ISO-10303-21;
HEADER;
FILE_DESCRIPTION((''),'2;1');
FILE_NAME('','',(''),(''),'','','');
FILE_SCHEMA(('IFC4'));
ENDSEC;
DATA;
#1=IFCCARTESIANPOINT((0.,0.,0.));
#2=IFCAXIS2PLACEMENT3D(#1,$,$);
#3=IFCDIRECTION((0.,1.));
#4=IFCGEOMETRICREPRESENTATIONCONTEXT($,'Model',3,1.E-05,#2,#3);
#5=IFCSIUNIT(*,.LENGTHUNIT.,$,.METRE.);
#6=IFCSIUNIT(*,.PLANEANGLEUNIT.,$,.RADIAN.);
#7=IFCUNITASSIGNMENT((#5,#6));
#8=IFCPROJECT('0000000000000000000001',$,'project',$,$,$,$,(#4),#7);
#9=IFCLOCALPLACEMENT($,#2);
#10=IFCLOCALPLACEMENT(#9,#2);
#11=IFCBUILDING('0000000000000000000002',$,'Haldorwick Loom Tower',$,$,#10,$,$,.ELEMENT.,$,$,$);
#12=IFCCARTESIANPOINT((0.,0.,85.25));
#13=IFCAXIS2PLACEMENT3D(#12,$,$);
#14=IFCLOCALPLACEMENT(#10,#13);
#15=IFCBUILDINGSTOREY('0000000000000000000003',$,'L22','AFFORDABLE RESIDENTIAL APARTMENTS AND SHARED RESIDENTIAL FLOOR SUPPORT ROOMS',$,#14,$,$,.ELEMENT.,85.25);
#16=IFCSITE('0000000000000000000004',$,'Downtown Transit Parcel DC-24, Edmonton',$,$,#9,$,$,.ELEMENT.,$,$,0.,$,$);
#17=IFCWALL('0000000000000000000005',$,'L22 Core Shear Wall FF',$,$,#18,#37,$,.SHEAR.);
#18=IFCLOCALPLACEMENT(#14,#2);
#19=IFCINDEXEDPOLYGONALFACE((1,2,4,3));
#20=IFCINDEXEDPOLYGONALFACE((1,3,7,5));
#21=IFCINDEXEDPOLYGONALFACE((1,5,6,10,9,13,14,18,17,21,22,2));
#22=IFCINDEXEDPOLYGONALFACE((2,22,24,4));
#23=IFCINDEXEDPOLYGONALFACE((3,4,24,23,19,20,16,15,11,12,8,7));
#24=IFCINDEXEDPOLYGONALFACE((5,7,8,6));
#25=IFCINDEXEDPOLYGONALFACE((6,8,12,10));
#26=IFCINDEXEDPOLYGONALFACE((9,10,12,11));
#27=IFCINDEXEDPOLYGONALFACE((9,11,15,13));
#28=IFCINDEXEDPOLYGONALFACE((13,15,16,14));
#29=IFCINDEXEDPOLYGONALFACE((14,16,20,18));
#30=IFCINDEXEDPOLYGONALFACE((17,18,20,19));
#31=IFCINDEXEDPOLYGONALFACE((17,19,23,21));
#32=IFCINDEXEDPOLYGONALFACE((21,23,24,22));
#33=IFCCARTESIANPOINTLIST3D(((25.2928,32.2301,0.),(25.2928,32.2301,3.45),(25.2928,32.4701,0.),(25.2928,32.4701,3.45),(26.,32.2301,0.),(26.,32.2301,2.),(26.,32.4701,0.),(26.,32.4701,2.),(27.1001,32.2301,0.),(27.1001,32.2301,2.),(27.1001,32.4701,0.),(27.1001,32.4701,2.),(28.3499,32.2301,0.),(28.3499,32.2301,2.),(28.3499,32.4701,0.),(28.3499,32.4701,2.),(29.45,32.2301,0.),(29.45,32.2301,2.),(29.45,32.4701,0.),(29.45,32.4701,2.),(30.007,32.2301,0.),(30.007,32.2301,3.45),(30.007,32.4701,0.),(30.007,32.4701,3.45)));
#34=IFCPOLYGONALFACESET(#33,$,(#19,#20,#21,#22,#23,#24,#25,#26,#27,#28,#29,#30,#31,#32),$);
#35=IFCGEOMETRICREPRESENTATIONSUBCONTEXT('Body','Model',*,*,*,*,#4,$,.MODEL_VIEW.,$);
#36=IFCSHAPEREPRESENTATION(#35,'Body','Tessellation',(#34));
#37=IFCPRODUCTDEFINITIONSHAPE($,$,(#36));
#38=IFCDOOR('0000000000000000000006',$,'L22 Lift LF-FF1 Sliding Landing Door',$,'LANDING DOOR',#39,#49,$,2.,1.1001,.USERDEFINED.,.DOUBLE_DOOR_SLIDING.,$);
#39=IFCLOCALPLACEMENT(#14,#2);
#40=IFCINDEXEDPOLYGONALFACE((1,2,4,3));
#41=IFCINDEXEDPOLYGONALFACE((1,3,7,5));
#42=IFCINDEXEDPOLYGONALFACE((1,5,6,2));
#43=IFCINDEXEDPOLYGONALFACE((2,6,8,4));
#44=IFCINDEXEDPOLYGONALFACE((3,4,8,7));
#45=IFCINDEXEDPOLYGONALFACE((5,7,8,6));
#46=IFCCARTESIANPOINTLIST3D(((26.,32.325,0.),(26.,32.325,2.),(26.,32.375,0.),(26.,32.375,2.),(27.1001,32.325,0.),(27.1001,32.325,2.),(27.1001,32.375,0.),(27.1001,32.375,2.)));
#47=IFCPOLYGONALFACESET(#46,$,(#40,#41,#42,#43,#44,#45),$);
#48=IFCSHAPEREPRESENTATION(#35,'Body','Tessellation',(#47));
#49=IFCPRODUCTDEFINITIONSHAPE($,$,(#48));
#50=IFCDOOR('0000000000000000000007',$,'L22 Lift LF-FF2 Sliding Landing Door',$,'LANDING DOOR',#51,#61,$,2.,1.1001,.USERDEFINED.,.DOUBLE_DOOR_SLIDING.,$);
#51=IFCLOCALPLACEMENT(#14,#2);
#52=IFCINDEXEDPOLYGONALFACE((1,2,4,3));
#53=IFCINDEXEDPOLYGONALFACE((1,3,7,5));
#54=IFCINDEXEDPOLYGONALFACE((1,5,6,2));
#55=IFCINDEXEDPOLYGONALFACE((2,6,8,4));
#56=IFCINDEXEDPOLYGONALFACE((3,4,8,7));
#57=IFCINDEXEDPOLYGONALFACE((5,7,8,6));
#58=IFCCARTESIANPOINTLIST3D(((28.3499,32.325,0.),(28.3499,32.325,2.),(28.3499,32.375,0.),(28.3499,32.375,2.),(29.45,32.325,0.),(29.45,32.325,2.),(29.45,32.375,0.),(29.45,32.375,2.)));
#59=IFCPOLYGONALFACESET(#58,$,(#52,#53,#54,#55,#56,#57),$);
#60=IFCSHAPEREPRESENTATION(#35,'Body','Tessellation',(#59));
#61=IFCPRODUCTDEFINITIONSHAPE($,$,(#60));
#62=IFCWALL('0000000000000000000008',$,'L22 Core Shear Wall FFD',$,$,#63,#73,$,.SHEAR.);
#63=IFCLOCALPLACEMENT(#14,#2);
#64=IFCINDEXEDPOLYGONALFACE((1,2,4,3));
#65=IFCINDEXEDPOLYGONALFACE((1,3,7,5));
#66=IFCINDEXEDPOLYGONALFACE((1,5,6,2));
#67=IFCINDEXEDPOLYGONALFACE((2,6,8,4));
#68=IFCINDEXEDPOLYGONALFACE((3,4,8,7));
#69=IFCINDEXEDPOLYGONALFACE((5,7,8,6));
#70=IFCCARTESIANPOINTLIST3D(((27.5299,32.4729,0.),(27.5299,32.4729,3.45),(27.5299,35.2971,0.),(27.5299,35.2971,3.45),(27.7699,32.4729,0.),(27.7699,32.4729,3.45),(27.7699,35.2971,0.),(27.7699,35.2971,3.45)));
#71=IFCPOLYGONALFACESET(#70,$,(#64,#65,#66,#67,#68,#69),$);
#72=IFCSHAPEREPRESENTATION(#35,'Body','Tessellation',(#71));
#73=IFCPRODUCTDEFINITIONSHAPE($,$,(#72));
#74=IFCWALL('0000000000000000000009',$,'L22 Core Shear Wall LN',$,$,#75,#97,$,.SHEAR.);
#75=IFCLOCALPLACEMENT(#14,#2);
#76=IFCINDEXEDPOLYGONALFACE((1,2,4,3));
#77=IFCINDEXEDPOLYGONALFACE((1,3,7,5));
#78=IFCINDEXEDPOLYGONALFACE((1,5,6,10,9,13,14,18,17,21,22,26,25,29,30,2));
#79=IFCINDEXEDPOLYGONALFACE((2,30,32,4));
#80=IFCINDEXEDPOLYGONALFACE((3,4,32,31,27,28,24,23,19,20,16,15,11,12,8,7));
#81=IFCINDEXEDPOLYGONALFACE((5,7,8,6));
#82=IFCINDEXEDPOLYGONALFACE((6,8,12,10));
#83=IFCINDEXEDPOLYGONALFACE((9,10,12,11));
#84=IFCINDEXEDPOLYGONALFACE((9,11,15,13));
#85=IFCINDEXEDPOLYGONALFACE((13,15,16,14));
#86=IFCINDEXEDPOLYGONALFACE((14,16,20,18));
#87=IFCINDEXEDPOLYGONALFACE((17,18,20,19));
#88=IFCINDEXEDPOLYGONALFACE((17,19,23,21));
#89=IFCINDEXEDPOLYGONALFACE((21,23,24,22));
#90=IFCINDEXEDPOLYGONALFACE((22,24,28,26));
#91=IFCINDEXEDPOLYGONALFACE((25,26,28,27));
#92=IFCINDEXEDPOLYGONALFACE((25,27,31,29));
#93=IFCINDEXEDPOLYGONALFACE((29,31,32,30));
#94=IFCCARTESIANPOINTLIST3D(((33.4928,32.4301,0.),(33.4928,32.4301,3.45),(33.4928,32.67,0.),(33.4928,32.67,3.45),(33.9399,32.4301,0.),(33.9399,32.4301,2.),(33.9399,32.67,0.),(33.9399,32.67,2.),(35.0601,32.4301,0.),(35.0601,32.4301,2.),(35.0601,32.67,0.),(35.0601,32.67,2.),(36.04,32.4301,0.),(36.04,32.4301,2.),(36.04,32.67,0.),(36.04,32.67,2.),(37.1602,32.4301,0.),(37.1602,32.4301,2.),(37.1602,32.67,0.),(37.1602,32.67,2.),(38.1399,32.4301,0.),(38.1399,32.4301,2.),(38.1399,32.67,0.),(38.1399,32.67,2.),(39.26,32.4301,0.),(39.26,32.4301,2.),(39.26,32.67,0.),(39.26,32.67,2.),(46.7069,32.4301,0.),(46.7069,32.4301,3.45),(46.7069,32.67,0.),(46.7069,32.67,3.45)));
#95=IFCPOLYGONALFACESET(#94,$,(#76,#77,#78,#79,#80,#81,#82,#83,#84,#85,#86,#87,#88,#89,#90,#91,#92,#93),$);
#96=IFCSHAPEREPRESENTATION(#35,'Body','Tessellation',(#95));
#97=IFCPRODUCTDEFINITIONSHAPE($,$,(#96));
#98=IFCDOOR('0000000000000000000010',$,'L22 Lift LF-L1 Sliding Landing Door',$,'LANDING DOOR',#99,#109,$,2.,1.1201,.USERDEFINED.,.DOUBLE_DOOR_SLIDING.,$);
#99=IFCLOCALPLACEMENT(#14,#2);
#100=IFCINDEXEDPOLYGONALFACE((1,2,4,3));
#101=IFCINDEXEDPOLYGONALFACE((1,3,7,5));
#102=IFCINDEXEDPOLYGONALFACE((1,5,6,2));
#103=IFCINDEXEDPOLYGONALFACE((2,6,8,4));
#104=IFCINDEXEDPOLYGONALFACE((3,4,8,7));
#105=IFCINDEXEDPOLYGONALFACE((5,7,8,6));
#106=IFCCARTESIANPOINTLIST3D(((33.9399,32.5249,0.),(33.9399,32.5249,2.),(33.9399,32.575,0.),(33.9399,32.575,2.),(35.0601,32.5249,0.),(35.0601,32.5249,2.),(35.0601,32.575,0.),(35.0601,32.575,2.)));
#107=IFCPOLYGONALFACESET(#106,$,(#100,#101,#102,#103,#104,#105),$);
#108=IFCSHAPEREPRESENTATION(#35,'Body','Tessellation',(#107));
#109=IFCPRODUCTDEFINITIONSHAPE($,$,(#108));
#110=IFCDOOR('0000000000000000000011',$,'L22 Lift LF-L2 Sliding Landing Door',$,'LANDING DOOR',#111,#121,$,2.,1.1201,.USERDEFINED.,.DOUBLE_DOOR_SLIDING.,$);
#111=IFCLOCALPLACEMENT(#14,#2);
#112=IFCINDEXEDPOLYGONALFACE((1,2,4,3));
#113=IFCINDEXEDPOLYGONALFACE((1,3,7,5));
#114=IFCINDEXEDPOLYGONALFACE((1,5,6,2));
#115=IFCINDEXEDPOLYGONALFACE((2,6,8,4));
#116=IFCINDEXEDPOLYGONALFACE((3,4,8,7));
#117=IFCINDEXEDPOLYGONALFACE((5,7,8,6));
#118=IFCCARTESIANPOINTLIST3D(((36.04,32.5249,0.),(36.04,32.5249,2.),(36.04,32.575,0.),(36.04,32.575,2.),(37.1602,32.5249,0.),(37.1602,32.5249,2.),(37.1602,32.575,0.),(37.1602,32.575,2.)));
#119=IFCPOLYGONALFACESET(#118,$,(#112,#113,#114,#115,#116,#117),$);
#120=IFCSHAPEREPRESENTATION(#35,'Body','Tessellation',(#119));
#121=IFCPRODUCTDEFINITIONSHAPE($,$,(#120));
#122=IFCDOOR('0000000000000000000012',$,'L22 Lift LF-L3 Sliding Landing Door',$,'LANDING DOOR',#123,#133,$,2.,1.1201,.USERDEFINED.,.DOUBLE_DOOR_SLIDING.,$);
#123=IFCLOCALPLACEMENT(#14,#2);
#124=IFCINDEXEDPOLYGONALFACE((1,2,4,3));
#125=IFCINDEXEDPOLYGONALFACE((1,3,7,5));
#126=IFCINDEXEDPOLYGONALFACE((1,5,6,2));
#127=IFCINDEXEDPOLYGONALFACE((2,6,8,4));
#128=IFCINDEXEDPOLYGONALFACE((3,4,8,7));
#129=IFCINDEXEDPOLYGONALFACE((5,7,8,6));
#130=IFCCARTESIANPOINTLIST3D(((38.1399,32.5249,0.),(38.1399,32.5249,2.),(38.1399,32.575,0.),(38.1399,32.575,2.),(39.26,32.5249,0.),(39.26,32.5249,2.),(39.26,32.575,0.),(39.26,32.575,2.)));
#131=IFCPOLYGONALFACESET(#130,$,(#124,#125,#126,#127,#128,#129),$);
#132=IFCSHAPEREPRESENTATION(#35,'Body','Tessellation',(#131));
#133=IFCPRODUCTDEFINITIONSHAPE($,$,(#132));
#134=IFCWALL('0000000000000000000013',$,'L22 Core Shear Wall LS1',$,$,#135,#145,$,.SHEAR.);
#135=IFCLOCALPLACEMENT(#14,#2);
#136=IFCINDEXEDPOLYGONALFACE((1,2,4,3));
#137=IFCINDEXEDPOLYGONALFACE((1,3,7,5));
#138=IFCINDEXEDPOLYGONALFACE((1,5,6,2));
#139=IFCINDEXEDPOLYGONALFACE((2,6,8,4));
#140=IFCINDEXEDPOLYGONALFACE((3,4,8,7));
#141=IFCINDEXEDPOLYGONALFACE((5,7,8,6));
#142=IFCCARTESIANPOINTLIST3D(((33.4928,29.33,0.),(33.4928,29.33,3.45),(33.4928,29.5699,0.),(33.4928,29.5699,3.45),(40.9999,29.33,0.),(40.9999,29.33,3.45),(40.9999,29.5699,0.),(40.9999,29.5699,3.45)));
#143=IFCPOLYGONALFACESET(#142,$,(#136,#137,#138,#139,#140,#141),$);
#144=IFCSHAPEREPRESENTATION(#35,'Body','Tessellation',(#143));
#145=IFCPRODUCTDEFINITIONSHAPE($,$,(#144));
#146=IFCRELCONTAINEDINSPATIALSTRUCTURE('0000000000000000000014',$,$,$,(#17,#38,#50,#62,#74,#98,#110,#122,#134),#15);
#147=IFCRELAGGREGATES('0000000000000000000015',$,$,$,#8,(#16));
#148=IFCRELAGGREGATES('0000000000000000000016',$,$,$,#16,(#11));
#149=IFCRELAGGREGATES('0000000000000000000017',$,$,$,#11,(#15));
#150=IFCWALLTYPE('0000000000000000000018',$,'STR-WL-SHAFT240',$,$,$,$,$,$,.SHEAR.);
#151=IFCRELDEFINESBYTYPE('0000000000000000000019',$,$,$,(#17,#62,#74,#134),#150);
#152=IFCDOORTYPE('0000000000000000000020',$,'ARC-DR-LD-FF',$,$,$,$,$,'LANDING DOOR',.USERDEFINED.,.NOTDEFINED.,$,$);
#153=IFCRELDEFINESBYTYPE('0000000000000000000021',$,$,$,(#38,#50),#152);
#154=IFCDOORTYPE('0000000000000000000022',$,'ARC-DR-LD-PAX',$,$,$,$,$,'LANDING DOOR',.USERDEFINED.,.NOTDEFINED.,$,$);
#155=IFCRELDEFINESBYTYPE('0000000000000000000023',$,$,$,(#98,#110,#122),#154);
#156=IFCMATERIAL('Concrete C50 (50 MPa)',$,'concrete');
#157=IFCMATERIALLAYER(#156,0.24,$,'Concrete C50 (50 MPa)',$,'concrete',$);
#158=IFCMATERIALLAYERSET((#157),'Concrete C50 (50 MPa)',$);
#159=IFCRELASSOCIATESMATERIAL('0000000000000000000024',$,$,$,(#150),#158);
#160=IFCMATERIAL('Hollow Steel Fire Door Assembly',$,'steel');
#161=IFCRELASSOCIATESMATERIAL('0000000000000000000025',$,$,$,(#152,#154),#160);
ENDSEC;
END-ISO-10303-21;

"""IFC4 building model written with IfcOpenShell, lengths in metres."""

from ifc_helpers import new_model, si_unit, direction, frame, frame_2d, origin, place, context, subcontext, project, spatial, rectangle, extrude, material, layer, layer_set, type_object, element, fill, save


model = new_model("IFC4")

# Units and contexts
model_context = context("Model", 3, precision=1e-05, world=origin(), true_north=direction((0.0, 1.0)))
body_context = subcontext(model_context, "Body", "Model", "MODEL_VIEW")
ifc_project = project(units=[si_unit("LENGTHUNIT", "METRE"), si_unit("PLANEANGLEUNIT", "RADIAN")], contexts=[model_context])

# Site, building, storey
site_placement = place(None, origin())
site = spatial("IfcSite", under=ifc_project, at=site_placement, Name="Downtown Transit Parcel DC-24, Edmonton", CompositionType="ELEMENT", RefElevation=0.0)
building_placement = place(site_placement, origin())
building = spatial("IfcBuilding", under=site, at=building_placement, Name="Haldorwick Loom Tower", CompositionType="ELEMENT")
storey_placement = place(building_placement, frame((0.0, 0.0, 85.25)))
storey = spatial("IfcBuildingStorey", under=building, at=storey_placement, Name="L22", Description="AFFORDABLE RESIDENTIAL APARTMENTS AND SHARED RESIDENTIAL FLOOR SUPPORT ROOMS", CompositionType="ELEMENT", Elevation=85.25)

# Shared definitions
ifc_material_1 = material(Name="Concrete C50 (50 MPa)", Category="concrete")
ifc_layer_1 = layer(ifc_material_1, 0.24, Name="Concrete C50 (50 MPa)", Category="concrete")
ifc_layer_set_1 = layer_set([ifc_layer_1], Name="Concrete C50 (50 MPa)")
wall_type_1 = type_object("IfcWallType", Name="STR-WL-SHAFT240", PredefinedType="SHEAR", material=ifc_layer_set_1)

# Wall, openings, doors
wall_1_placement = place(storey_placement, frame((25.293, 32.3501, 0.0), z_axis=(0.0, 0.0, 1.0), x_axis=(1.0, 0.0, 0.0)))
wall_1 = element("IfcWall", 1, at=wall_1_placement, inside=storey, type_object=wall_type_1, Name="L22 Core Shear Wall FF", PredefinedType="SHEAR", context=body_context, shape_type="SweptSolid", body=[
    extrude(rectangle(XDim=4.7141, YDim=0.24, at=frame_2d((2.3569, 0.0))), origin(), (0.0, 0.0, 1.0), 3.45),
])
opening_1_placement = place(wall_1_placement, frame((0.707, 0.0, 0.0)))
opening_1 = element("IfcOpeningElement", 2, at=opening_1_placement, cuts=wall_1, PredefinedType="OPENING", context=body_context, shape_type="SweptSolid", body=[
    extrude(rectangle(XDim=1.1001, YDim=2.0, at=frame_2d((0.55, 1.0))), frame((0.0, 0.1299, 0.0), z_axis=(0.0, -1.0, 0.0), x_axis=(1.0, 0.0, 0.0)), (0.0, 0.0, 1.0), 0.26),
])
opening_2_placement = place(wall_1_placement, frame((3.0569, 0.0, 0.0)))
opening_2 = element("IfcOpeningElement", 3, at=opening_2_placement, cuts=wall_1, PredefinedType="OPENING", context=body_context, shape_type="SweptSolid", body=[
    extrude(rectangle(XDim=1.1001, YDim=2.0, at=frame_2d((0.55, 1.0))), frame((0.0, 0.1299, 0.0), z_axis=(0.0, -1.0, 0.0), x_axis=(1.0, 0.0, 0.0)), (0.0, 0.0, 1.0), 0.26),
])
ifc_material_2 = material(Name="Hollow Steel Fire Door Assembly", Category="steel")
door_type_1 = type_object("IfcDoorType", Name="ARC-DR-LD-FF", ElementType="LANDING DOOR", OperationType="NOTDEFINED", PredefinedType="USERDEFINED", material=ifc_material_2)
door_1_placement = place(opening_1_placement, origin())
door_1 = element("IfcDoor", 4, at=door_1_placement, inside=storey, type_object=door_type_1, Name="L22 Lift LF-FF1 Sliding Landing Door", ObjectType="LANDING DOOR", OperationType="DOUBLE_DOOR_SLIDING", OverallHeight=2.0, OverallWidth=1.1001, PredefinedType="USERDEFINED", context=body_context, shape_type="SweptSolid", body=[
    extrude(rectangle(XDim=1.1001, YDim=2.0, at=frame_2d((0.55, 1.0))), frame((0.0, 0.0249, 0.0), z_axis=(0.0, -1.0, 0.0), x_axis=(1.0, 0.0, 0.0)), (0.0, 0.0, 1.0), 0.05),
])
fill(opening_1, door_1)
door_2_placement = place(opening_2_placement, origin())
door_2 = element("IfcDoor", 5, at=door_2_placement, inside=storey, type_object=door_type_1, Name="L22 Lift LF-FF2 Sliding Landing Door", ObjectType="LANDING DOOR", OperationType="DOUBLE_DOOR_SLIDING", OverallHeight=2.0, OverallWidth=1.1001, PredefinedType="USERDEFINED", context=body_context, shape_type="SweptSolid", body=[
    extrude(rectangle(XDim=1.1001, YDim=2.0, at=frame_2d((0.55, 1.0))), frame((0.0, 0.0249, 0.0), z_axis=(0.0, -1.0, 0.0), x_axis=(1.0, 0.0, 0.0)), (0.0, 0.0, 1.0), 0.05),
])
fill(opening_2, door_2)

# Wall
wall_2_placement = place(storey_placement, frame((27.6499, 32.4729, 0.0), z_axis=(0.0, 0.0, 1.0), x_axis=(0.0, 1.0, 0.0)))
element("IfcWall", 6, at=wall_2_placement, inside=storey, type_object=wall_type_1, Name="L22 Core Shear Wall FFD", PredefinedType="SHEAR", context=body_context, shape_type="SweptSolid", body=[
    extrude(rectangle(XDim=2.8242, YDim=0.24, at=frame_2d((1.4121, 0.0))), origin(), (0.0, 0.0, 1.0), 3.45),
])

# Wall, openings, doors
wall_3_placement = place(storey_placement, frame((33.4929, 32.55, 0.0), z_axis=(0.0, 0.0, 1.0), x_axis=(1.0, 0.0, 0.0)))
wall_3 = element("IfcWall", 7, at=wall_3_placement, inside=storey, type_object=wall_type_1, Name="L22 Core Shear Wall LN", PredefinedType="SHEAR", context=body_context, shape_type="SweptSolid", body=[
    extrude(rectangle(XDim=13.2141, YDim=0.24, at=frame_2d((6.6069, 0.0))), origin(), (0.0, 0.0, 1.0), 3.45),
])
opening_3_placement = place(wall_3_placement, frame((0.447, 0.0, 0.0)))
opening_3 = element("IfcOpeningElement", 8, at=opening_3_placement, cuts=wall_3, PredefinedType="OPENING", context=body_context, shape_type="SweptSolid", body=[
    extrude(rectangle(XDim=1.1201, YDim=2.0, at=frame_2d((0.5601, 1.0))), frame((0.0, 0.1299, 0.0), z_axis=(0.0, -1.0, 0.0), x_axis=(1.0, 0.0, 0.0)), (0.0, 0.0, 1.0), 0.26),
])
opening_4_placement = place(wall_3_placement, frame((2.5471, 0.0, 0.0)))
opening_4 = element("IfcOpeningElement", 9, at=opening_4_placement, cuts=wall_3, PredefinedType="OPENING", context=body_context, shape_type="SweptSolid", body=[
    extrude(rectangle(XDim=1.1201, YDim=2.0, at=frame_2d((0.5601, 1.0))), frame((0.0, 0.1299, 0.0), z_axis=(0.0, -1.0, 0.0), x_axis=(1.0, 0.0, 0.0)), (0.0, 0.0, 1.0), 0.26),
])
opening_5_placement = place(wall_3_placement, frame((4.647, 0.0, 0.0)))
opening_5 = element("IfcOpeningElement", 10, at=opening_5_placement, cuts=wall_3, PredefinedType="OPENING", context=body_context, shape_type="SweptSolid", body=[
    extrude(rectangle(XDim=1.1201, YDim=2.0, at=frame_2d((0.5601, 1.0))), frame((0.0, 0.1299, 0.0), z_axis=(0.0, -1.0, 0.0), x_axis=(1.0, 0.0, 0.0)), (0.0, 0.0, 1.0), 0.26),
])
door_type_2 = type_object("IfcDoorType", Name="ARC-DR-LD-PAX", ElementType="LANDING DOOR", OperationType="NOTDEFINED", PredefinedType="USERDEFINED", material=ifc_material_2)
door_3_placement = place(opening_3_placement, origin())
door_3 = element("IfcDoor", 11, at=door_3_placement, inside=storey, type_object=door_type_2, Name="L22 Lift LF-L1 Sliding Landing Door", ObjectType="LANDING DOOR", OperationType="DOUBLE_DOOR_SLIDING", OverallHeight=2.0, OverallWidth=1.1201, PredefinedType="USERDEFINED", context=body_context, shape_type="SweptSolid", body=[
    extrude(rectangle(XDim=1.1201, YDim=2.0, at=frame_2d((0.5601, 1.0))), frame((0.0, 0.0249, 0.0), z_axis=(0.0, -1.0, 0.0), x_axis=(1.0, 0.0, 0.0)), (0.0, 0.0, 1.0), 0.05),
])
fill(opening_3, door_3)
door_4_placement = place(opening_4_placement, origin())
door_4 = element("IfcDoor", 12, at=door_4_placement, inside=storey, type_object=door_type_2, Name="L22 Lift LF-L2 Sliding Landing Door", ObjectType="LANDING DOOR", OperationType="DOUBLE_DOOR_SLIDING", OverallHeight=2.0, OverallWidth=1.1201, PredefinedType="USERDEFINED", context=body_context, shape_type="SweptSolid", body=[
    extrude(rectangle(XDim=1.1201, YDim=2.0, at=frame_2d((0.5601, 1.0))), frame((0.0, 0.0249, 0.0), z_axis=(0.0, -1.0, 0.0), x_axis=(1.0, 0.0, 0.0)), (0.0, 0.0, 1.0), 0.05),
])
fill(opening_4, door_4)
door_5_placement = place(opening_5_placement, origin())
door_5 = element("IfcDoor", 13, at=door_5_placement, inside=storey, type_object=door_type_2, Name="L22 Lift LF-L3 Sliding Landing Door", ObjectType="LANDING DOOR", OperationType="DOUBLE_DOOR_SLIDING", OverallHeight=2.0, OverallWidth=1.1201, PredefinedType="USERDEFINED", context=body_context, shape_type="SweptSolid", body=[
    extrude(rectangle(XDim=1.1201, YDim=2.0, at=frame_2d((0.5601, 1.0))), frame((0.0, 0.0249, 0.0), z_axis=(0.0, -1.0, 0.0), x_axis=(1.0, 0.0, 0.0)), (0.0, 0.0, 1.0), 0.05),
])
fill(opening_5, door_5)

# Wall
wall_4_placement = place(storey_placement, frame((33.4929, 29.45, 0.0), z_axis=(0.0, 0.0, 1.0), x_axis=(1.0, 0.0, 0.0)))
element("IfcWall", 14, at=wall_4_placement, inside=storey, type_object=wall_type_1, Name="L22 Core Shear Wall LS1", PredefinedType="SHEAR", context=body_context, shape_type="SweptSolid", body=[
    extrude(rectangle(XDim=7.5071, YDim=0.24, at=frame_2d((3.7534, 0.0))), origin(), (0.0, 0.0, 1.0), 3.45),
])

save(model, "model.ifc")
